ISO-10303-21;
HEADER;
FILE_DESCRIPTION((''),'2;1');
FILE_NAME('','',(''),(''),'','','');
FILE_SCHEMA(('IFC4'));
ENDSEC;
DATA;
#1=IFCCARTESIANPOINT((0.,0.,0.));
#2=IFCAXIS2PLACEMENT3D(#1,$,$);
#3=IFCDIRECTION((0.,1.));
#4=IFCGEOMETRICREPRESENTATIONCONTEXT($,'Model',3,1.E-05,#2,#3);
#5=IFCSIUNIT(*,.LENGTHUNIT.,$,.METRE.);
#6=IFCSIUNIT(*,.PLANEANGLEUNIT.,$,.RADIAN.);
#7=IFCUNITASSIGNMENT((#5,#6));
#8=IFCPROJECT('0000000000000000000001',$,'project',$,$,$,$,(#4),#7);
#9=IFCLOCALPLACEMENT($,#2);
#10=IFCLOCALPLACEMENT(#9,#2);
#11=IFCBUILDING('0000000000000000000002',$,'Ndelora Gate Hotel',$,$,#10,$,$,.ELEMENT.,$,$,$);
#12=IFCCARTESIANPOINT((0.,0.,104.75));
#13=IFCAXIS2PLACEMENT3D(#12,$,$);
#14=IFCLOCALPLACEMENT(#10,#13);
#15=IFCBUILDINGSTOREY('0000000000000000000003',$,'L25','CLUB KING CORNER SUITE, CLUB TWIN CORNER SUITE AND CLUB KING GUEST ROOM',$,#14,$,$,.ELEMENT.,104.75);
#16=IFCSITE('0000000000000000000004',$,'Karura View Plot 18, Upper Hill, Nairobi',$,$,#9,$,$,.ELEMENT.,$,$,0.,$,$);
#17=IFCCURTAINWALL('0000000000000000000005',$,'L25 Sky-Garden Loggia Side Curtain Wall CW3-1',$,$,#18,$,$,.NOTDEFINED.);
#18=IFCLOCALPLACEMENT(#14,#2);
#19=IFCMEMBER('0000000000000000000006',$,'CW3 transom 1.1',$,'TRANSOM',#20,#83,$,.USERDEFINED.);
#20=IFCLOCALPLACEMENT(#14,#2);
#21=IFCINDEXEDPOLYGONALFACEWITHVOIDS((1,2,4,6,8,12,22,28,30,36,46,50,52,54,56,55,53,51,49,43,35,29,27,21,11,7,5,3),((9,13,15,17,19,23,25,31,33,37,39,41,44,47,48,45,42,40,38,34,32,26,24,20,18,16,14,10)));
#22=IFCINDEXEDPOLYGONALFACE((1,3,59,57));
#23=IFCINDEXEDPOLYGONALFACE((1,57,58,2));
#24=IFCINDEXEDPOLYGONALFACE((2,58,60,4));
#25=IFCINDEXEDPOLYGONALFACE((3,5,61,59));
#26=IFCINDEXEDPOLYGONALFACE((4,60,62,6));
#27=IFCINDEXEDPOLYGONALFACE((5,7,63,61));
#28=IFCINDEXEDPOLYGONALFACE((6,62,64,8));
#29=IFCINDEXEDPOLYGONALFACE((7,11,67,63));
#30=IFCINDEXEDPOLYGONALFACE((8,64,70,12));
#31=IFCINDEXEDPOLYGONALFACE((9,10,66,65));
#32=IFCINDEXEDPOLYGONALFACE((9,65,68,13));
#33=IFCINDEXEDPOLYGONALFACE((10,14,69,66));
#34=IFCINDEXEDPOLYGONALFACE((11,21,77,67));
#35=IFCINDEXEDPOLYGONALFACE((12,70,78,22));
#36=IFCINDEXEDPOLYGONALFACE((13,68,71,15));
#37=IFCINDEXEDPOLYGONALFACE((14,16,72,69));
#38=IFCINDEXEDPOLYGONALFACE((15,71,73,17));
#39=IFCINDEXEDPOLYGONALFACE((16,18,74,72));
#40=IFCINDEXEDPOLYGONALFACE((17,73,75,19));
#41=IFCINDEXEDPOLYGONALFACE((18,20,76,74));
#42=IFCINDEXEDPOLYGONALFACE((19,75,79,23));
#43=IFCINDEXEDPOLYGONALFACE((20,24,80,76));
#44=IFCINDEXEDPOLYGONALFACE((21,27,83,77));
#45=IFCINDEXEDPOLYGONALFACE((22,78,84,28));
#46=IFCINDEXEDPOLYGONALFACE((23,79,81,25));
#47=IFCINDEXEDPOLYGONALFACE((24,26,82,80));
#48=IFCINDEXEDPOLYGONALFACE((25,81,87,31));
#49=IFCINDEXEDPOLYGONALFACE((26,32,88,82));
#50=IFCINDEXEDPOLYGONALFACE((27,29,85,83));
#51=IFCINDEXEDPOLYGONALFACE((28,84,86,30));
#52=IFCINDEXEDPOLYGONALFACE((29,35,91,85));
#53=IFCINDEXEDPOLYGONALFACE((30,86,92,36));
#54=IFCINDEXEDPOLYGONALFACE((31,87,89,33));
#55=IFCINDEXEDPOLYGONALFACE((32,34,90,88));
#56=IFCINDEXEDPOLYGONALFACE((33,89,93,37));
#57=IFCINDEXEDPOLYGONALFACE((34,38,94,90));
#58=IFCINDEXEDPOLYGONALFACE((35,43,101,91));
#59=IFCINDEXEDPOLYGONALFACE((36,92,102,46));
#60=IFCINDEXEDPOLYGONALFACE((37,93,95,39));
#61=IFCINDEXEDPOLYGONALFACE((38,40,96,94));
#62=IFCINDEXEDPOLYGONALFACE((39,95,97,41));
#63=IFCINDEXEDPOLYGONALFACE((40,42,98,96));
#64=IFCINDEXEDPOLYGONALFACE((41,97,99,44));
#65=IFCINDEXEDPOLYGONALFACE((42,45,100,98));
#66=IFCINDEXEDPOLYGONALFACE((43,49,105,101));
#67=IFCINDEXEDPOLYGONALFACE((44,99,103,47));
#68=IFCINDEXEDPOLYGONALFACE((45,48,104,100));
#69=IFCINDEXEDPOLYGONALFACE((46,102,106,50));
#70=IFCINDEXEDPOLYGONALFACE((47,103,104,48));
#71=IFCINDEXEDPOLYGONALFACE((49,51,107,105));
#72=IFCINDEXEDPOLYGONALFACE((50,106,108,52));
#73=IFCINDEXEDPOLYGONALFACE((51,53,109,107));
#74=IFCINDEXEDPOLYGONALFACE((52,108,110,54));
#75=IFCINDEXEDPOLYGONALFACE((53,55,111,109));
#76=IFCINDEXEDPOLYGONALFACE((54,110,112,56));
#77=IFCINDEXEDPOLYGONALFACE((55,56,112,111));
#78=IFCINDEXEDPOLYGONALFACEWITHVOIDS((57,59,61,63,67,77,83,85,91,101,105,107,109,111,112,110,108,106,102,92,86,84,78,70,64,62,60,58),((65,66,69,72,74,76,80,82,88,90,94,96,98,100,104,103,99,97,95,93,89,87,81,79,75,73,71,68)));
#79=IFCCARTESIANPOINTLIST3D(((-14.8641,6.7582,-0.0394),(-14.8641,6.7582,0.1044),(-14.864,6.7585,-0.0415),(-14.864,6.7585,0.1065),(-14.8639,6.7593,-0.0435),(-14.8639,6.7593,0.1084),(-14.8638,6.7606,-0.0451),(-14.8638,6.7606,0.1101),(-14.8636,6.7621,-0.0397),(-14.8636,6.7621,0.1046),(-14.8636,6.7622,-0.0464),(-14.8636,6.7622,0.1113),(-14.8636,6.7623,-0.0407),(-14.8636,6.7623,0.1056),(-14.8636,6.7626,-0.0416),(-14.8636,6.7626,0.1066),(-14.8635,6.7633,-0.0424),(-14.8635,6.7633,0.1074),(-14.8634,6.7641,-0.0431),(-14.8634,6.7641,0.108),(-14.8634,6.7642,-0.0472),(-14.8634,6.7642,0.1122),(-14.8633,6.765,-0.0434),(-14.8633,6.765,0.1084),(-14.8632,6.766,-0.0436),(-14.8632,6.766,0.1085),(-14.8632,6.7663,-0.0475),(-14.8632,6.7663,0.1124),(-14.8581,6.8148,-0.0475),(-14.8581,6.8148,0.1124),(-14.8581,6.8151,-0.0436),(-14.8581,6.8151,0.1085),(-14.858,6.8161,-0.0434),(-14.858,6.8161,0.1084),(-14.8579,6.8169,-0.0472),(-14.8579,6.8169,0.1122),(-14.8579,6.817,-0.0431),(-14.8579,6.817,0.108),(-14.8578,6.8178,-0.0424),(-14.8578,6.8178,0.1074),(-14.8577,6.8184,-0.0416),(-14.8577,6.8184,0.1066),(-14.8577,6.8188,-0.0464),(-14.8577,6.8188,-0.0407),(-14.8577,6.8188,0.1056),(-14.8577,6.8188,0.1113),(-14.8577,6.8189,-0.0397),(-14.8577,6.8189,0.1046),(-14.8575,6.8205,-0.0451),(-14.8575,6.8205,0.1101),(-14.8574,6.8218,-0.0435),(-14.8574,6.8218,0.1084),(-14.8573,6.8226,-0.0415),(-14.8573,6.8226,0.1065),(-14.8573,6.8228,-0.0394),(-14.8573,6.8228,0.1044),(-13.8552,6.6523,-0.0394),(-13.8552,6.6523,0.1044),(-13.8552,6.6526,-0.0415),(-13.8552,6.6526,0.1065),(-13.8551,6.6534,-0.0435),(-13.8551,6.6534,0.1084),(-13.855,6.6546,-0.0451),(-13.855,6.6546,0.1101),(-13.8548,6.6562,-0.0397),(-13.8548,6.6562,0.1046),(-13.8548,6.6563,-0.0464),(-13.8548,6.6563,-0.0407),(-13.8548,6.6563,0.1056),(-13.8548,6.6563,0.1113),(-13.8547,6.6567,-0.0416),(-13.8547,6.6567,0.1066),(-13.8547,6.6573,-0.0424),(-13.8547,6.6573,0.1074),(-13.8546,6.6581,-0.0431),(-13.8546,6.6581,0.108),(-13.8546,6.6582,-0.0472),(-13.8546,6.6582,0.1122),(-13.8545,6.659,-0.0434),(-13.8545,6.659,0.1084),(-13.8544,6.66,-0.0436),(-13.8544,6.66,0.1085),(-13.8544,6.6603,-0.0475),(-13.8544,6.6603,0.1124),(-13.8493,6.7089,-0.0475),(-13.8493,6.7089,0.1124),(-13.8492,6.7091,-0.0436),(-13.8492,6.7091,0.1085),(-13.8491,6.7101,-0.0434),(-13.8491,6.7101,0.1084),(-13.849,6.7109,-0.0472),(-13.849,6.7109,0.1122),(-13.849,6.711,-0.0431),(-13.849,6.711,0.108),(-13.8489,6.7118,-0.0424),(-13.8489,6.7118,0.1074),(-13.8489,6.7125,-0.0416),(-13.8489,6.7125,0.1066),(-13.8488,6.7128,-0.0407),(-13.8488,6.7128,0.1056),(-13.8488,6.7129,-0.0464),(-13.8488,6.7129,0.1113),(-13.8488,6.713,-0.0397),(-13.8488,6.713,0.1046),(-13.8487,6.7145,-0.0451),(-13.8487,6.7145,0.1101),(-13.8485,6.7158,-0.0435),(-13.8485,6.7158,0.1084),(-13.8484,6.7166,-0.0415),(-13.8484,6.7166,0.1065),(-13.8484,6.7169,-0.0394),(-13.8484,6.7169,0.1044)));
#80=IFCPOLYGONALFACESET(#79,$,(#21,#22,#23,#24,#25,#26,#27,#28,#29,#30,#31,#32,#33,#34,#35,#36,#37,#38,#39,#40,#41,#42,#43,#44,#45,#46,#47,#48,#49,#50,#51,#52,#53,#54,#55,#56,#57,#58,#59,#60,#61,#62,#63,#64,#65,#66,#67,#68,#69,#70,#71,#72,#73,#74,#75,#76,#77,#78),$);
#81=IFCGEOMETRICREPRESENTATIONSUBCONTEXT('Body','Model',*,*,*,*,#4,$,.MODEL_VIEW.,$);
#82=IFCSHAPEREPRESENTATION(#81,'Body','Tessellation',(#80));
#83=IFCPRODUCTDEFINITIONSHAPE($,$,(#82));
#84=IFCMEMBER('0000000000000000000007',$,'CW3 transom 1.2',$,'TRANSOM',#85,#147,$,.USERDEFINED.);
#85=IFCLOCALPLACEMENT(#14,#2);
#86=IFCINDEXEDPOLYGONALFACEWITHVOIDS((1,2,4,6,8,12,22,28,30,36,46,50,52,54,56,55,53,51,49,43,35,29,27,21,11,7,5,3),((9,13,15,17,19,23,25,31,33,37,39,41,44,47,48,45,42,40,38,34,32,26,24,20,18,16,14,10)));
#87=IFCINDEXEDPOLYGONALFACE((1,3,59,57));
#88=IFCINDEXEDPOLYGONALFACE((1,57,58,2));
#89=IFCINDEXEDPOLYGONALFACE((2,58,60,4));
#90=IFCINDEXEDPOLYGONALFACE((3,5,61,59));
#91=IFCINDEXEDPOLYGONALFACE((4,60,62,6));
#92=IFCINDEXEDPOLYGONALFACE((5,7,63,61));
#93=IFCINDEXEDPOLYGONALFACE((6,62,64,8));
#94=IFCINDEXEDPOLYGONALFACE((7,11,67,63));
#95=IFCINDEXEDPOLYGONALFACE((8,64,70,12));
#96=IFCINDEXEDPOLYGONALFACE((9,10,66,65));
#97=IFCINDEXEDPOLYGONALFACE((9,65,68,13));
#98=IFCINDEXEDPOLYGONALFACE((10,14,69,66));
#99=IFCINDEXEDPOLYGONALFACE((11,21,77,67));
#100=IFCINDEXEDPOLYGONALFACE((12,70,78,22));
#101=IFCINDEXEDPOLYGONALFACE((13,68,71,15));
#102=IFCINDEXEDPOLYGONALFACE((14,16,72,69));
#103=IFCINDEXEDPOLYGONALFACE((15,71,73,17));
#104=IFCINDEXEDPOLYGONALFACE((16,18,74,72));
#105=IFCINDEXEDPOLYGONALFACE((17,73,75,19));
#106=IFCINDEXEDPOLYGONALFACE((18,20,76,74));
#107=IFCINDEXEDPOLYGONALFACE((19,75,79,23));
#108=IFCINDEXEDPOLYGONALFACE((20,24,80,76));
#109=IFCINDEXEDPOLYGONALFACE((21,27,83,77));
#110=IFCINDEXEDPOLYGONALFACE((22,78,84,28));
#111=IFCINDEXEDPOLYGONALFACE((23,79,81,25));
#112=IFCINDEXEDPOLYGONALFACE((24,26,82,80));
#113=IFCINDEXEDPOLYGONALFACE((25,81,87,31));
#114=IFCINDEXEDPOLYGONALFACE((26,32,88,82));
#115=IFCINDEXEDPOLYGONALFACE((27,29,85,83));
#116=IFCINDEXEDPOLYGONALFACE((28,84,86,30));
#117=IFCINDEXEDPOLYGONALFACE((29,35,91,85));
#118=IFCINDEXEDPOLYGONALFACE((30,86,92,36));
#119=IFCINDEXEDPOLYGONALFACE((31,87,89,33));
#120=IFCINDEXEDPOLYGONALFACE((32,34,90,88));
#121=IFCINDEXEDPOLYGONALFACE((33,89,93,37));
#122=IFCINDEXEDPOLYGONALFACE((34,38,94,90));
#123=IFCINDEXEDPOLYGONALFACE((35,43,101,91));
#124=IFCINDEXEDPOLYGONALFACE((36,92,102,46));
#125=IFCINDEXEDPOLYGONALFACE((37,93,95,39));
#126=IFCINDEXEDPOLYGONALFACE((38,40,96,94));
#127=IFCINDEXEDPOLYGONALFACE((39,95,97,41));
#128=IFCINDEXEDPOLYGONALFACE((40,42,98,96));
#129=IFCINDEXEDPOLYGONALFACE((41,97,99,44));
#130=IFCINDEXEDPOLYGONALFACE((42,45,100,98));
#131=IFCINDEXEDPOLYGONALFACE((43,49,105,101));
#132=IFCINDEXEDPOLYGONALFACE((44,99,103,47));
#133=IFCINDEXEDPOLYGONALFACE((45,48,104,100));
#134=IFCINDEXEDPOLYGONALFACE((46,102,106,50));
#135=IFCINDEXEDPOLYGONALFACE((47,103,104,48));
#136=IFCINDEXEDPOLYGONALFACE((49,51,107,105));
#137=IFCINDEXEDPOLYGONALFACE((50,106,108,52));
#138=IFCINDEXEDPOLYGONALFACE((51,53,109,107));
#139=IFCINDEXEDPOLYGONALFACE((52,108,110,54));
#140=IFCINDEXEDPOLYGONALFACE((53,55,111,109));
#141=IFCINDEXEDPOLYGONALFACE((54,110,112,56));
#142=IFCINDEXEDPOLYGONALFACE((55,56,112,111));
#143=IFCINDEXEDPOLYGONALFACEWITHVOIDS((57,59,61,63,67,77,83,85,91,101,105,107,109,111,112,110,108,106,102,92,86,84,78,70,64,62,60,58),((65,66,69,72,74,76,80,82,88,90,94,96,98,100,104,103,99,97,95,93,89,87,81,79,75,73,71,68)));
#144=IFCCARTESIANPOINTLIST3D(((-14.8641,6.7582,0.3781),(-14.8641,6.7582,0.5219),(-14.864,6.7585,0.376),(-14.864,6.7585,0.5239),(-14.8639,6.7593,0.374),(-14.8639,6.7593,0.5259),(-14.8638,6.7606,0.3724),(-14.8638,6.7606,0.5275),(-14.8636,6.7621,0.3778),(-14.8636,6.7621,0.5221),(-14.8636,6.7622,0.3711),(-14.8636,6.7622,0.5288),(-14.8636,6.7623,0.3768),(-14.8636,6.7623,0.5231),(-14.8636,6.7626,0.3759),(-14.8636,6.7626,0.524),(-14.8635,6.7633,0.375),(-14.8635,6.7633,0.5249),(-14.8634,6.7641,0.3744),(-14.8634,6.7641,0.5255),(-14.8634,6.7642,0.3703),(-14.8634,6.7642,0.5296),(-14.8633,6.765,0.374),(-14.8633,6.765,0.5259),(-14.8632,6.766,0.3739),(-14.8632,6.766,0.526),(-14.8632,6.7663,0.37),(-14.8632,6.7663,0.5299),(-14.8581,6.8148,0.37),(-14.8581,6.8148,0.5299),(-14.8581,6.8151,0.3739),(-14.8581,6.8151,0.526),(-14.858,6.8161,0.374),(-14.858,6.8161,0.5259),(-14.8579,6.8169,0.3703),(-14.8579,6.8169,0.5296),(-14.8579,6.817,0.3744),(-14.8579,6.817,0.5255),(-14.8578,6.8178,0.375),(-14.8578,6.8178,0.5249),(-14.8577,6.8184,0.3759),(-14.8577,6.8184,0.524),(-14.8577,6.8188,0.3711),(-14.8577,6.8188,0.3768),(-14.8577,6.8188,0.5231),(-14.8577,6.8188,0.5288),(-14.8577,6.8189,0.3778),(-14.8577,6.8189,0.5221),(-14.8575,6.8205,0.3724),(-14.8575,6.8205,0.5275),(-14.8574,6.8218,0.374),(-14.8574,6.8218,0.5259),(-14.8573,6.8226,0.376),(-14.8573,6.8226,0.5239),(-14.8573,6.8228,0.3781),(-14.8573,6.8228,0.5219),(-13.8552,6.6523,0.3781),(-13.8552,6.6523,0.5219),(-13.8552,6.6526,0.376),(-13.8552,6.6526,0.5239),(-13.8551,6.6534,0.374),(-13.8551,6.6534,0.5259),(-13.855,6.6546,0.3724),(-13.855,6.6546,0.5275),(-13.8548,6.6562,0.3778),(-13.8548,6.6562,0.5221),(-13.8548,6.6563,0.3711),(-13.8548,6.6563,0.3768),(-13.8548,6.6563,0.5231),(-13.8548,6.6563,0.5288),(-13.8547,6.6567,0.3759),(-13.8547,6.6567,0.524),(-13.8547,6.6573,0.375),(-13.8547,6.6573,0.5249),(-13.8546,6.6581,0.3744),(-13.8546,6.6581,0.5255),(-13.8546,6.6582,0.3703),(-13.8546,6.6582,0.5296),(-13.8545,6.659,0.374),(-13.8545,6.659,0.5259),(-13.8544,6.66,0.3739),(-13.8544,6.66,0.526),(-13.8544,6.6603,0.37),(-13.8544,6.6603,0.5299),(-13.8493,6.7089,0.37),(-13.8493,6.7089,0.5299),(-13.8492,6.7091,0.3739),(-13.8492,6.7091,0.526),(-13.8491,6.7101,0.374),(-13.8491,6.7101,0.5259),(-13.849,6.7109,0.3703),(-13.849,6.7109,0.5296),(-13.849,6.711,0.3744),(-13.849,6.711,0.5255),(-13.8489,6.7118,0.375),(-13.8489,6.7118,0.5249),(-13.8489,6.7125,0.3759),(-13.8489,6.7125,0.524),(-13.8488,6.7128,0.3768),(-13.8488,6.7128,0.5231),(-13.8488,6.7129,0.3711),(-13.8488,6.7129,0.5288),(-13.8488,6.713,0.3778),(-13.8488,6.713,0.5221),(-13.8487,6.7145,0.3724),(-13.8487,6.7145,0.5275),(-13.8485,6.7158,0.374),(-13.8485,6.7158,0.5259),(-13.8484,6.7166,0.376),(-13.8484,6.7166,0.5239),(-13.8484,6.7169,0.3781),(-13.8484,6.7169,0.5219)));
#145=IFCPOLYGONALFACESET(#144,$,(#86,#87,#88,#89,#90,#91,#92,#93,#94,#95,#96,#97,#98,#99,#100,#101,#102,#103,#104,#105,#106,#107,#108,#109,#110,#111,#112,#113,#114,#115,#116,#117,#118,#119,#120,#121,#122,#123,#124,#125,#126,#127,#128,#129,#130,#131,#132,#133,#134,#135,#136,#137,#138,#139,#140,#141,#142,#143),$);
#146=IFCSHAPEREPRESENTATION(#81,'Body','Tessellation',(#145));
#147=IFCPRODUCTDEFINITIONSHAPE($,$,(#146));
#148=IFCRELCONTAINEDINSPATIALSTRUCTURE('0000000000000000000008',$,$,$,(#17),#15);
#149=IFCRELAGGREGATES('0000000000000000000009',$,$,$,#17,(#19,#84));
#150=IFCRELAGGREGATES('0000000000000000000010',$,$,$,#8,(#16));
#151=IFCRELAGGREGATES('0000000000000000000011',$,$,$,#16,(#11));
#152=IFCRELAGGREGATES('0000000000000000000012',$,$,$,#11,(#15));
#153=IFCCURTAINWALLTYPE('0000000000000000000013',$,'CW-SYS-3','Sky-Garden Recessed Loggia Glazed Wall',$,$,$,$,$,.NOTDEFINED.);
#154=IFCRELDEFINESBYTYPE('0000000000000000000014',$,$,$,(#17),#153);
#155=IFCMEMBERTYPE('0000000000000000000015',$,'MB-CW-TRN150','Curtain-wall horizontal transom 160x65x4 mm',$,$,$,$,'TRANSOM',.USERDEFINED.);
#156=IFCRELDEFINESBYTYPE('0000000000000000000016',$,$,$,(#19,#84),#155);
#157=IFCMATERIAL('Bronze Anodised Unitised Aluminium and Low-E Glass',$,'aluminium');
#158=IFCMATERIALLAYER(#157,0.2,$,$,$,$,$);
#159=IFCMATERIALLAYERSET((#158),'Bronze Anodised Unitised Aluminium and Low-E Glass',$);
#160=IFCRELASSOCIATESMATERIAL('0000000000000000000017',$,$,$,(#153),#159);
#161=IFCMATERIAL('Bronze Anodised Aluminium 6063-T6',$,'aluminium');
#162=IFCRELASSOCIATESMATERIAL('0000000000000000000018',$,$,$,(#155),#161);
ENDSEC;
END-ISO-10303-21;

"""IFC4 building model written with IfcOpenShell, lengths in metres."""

from ifc_helpers import new_model, si_unit, direction, frame, origin, origin_2d, place, context, subcontext, project, spatial, hollow_rectangle, extrude, material, layer, layer_set, material_profile, profile_set, type_object, element, aggregate, save


model = new_model("IFC4")

# Units and contexts
model_context = context("Model", 3, precision=1e-05, world=origin(), true_north=direction((0.0, 1.0)))
body_context = subcontext(model_context, "Body", "Model", "MODEL_VIEW")
ifc_project = project(units=[si_unit("LENGTHUNIT", "METRE"), si_unit("PLANEANGLEUNIT", "RADIAN")], contexts=[model_context])

# Site, building, storey
site_placement = place(None, origin())
site = spatial("IfcSite", under=ifc_project, at=site_placement, Name="Karura View Plot 18, Upper Hill, Nairobi", CompositionType="ELEMENT", RefElevation=0.0)
building_placement = place(site_placement, origin())
building = spatial("IfcBuilding", under=site, at=building_placement, Name="Ndelora Gate Hotel", CompositionType="ELEMENT")
storey_placement = place(building_placement, frame((0.0, 0.0, 104.75)))
storey = spatial("IfcBuildingStorey", under=building, at=storey_placement, Name="L25", Description="CLUB KING CORNER SUITE, CLUB TWIN CORNER SUITE AND CLUB KING GUEST ROOM", CompositionType="ELEMENT", Elevation=104.75)

# Curtain wall, members
ifc_material_1 = material(Name="Bronze Anodised Unitised Aluminium and Low-E Glass", Category="aluminium")
ifc_layer_1 = layer(ifc_material_1, 0.2)
ifc_layer_set_1 = layer_set([ifc_layer_1], Name="Bronze Anodised Unitised Aluminium and Low-E Glass")
curtain_wall_type = type_object("IfcCurtainWallType", Name="CW-SYS-3", Description="Sky-Garden Recessed Loggia Glazed Wall", PredefinedType="NOTDEFINED", material=ifc_layer_set_1)
curtain_wall_placement = place(storey_placement, origin())
curtain_wall = element("IfcCurtainWall", 1, at=curtain_wall_placement, inside=storey, type_object=curtain_wall_type, Name="L25 Sky-Garden Loggia Side Curtain Wall CW3-1", PredefinedType="NOTDEFINED")
ifc_material_2 = material(Name="Bronze Anodised Aluminium 6063-T6", Category="aluminium")
ifc_material_profile_1 = material_profile(ifc_material_2, hollow_rectangle(XDim=0.0649, YDim=0.1599, WallThickness=0.0039, InnerFilletRadius=0.0039, OuterFilletRadius=0.0081, at=origin_2d()), Name="ALU 160x65x4")
ifc_profile_set_1 = profile_set([ifc_material_profile_1], Name="Bronze Anodised Aluminium 6063-T6")
member_type_1 = type_object("IfcMemberType", Name="MB-CW-TRN150", Description="Curtain-wall horizontal transom 160x65x4 mm", ElementType="TRANSOM", PredefinedType="USERDEFINED", material=ifc_profile_set_1)
member_1_placement = place(storey_placement, frame((-13.8518, 6.6846, 0.0325), z_axis=(-0.994529, 0.104459, 0.0), x_axis=(-0.104459, -0.994529, 0.0)))
member_1 = element("IfcMember", 2, at=member_1_placement, type_object=member_type_1, Name="CW3 transom 1.1", ObjectType="TRANSOM", PredefinedType="USERDEFINED", context=body_context, shape_type="SweptSolid", body=[
    extrude(hollow_rectangle(XDim=0.0649, YDim=0.1599, WallThickness=0.0039, InnerFilletRadius=0.0039, OuterFilletRadius=0.0081, at=origin_2d()), origin(), (0.0, 0.0, 1.0), 1.0144),
])
member_2_placement = place(storey_placement, frame((-13.8518, 6.6846, 0.45), z_axis=(-0.994529, 0.104459, 0.0), x_axis=(-0.104459, -0.994529, 0.0)))
member_2 = element("IfcMember", 3, at=member_2_placement, type_object=member_type_1, Name="CW3 transom 1.2", ObjectType="TRANSOM", PredefinedType="USERDEFINED", context=body_context, shape_type="SweptSolid", body=[
    extrude(hollow_rectangle(XDim=0.0649, YDim=0.1599, WallThickness=0.0039, InnerFilletRadius=0.0039, OuterFilletRadius=0.0081, at=origin_2d()), origin(), (0.0, 0.0, 1.0), 1.0144),
])
aggregate(curtain_wall, [member_1, member_2])

save(model, "model.ifc")
